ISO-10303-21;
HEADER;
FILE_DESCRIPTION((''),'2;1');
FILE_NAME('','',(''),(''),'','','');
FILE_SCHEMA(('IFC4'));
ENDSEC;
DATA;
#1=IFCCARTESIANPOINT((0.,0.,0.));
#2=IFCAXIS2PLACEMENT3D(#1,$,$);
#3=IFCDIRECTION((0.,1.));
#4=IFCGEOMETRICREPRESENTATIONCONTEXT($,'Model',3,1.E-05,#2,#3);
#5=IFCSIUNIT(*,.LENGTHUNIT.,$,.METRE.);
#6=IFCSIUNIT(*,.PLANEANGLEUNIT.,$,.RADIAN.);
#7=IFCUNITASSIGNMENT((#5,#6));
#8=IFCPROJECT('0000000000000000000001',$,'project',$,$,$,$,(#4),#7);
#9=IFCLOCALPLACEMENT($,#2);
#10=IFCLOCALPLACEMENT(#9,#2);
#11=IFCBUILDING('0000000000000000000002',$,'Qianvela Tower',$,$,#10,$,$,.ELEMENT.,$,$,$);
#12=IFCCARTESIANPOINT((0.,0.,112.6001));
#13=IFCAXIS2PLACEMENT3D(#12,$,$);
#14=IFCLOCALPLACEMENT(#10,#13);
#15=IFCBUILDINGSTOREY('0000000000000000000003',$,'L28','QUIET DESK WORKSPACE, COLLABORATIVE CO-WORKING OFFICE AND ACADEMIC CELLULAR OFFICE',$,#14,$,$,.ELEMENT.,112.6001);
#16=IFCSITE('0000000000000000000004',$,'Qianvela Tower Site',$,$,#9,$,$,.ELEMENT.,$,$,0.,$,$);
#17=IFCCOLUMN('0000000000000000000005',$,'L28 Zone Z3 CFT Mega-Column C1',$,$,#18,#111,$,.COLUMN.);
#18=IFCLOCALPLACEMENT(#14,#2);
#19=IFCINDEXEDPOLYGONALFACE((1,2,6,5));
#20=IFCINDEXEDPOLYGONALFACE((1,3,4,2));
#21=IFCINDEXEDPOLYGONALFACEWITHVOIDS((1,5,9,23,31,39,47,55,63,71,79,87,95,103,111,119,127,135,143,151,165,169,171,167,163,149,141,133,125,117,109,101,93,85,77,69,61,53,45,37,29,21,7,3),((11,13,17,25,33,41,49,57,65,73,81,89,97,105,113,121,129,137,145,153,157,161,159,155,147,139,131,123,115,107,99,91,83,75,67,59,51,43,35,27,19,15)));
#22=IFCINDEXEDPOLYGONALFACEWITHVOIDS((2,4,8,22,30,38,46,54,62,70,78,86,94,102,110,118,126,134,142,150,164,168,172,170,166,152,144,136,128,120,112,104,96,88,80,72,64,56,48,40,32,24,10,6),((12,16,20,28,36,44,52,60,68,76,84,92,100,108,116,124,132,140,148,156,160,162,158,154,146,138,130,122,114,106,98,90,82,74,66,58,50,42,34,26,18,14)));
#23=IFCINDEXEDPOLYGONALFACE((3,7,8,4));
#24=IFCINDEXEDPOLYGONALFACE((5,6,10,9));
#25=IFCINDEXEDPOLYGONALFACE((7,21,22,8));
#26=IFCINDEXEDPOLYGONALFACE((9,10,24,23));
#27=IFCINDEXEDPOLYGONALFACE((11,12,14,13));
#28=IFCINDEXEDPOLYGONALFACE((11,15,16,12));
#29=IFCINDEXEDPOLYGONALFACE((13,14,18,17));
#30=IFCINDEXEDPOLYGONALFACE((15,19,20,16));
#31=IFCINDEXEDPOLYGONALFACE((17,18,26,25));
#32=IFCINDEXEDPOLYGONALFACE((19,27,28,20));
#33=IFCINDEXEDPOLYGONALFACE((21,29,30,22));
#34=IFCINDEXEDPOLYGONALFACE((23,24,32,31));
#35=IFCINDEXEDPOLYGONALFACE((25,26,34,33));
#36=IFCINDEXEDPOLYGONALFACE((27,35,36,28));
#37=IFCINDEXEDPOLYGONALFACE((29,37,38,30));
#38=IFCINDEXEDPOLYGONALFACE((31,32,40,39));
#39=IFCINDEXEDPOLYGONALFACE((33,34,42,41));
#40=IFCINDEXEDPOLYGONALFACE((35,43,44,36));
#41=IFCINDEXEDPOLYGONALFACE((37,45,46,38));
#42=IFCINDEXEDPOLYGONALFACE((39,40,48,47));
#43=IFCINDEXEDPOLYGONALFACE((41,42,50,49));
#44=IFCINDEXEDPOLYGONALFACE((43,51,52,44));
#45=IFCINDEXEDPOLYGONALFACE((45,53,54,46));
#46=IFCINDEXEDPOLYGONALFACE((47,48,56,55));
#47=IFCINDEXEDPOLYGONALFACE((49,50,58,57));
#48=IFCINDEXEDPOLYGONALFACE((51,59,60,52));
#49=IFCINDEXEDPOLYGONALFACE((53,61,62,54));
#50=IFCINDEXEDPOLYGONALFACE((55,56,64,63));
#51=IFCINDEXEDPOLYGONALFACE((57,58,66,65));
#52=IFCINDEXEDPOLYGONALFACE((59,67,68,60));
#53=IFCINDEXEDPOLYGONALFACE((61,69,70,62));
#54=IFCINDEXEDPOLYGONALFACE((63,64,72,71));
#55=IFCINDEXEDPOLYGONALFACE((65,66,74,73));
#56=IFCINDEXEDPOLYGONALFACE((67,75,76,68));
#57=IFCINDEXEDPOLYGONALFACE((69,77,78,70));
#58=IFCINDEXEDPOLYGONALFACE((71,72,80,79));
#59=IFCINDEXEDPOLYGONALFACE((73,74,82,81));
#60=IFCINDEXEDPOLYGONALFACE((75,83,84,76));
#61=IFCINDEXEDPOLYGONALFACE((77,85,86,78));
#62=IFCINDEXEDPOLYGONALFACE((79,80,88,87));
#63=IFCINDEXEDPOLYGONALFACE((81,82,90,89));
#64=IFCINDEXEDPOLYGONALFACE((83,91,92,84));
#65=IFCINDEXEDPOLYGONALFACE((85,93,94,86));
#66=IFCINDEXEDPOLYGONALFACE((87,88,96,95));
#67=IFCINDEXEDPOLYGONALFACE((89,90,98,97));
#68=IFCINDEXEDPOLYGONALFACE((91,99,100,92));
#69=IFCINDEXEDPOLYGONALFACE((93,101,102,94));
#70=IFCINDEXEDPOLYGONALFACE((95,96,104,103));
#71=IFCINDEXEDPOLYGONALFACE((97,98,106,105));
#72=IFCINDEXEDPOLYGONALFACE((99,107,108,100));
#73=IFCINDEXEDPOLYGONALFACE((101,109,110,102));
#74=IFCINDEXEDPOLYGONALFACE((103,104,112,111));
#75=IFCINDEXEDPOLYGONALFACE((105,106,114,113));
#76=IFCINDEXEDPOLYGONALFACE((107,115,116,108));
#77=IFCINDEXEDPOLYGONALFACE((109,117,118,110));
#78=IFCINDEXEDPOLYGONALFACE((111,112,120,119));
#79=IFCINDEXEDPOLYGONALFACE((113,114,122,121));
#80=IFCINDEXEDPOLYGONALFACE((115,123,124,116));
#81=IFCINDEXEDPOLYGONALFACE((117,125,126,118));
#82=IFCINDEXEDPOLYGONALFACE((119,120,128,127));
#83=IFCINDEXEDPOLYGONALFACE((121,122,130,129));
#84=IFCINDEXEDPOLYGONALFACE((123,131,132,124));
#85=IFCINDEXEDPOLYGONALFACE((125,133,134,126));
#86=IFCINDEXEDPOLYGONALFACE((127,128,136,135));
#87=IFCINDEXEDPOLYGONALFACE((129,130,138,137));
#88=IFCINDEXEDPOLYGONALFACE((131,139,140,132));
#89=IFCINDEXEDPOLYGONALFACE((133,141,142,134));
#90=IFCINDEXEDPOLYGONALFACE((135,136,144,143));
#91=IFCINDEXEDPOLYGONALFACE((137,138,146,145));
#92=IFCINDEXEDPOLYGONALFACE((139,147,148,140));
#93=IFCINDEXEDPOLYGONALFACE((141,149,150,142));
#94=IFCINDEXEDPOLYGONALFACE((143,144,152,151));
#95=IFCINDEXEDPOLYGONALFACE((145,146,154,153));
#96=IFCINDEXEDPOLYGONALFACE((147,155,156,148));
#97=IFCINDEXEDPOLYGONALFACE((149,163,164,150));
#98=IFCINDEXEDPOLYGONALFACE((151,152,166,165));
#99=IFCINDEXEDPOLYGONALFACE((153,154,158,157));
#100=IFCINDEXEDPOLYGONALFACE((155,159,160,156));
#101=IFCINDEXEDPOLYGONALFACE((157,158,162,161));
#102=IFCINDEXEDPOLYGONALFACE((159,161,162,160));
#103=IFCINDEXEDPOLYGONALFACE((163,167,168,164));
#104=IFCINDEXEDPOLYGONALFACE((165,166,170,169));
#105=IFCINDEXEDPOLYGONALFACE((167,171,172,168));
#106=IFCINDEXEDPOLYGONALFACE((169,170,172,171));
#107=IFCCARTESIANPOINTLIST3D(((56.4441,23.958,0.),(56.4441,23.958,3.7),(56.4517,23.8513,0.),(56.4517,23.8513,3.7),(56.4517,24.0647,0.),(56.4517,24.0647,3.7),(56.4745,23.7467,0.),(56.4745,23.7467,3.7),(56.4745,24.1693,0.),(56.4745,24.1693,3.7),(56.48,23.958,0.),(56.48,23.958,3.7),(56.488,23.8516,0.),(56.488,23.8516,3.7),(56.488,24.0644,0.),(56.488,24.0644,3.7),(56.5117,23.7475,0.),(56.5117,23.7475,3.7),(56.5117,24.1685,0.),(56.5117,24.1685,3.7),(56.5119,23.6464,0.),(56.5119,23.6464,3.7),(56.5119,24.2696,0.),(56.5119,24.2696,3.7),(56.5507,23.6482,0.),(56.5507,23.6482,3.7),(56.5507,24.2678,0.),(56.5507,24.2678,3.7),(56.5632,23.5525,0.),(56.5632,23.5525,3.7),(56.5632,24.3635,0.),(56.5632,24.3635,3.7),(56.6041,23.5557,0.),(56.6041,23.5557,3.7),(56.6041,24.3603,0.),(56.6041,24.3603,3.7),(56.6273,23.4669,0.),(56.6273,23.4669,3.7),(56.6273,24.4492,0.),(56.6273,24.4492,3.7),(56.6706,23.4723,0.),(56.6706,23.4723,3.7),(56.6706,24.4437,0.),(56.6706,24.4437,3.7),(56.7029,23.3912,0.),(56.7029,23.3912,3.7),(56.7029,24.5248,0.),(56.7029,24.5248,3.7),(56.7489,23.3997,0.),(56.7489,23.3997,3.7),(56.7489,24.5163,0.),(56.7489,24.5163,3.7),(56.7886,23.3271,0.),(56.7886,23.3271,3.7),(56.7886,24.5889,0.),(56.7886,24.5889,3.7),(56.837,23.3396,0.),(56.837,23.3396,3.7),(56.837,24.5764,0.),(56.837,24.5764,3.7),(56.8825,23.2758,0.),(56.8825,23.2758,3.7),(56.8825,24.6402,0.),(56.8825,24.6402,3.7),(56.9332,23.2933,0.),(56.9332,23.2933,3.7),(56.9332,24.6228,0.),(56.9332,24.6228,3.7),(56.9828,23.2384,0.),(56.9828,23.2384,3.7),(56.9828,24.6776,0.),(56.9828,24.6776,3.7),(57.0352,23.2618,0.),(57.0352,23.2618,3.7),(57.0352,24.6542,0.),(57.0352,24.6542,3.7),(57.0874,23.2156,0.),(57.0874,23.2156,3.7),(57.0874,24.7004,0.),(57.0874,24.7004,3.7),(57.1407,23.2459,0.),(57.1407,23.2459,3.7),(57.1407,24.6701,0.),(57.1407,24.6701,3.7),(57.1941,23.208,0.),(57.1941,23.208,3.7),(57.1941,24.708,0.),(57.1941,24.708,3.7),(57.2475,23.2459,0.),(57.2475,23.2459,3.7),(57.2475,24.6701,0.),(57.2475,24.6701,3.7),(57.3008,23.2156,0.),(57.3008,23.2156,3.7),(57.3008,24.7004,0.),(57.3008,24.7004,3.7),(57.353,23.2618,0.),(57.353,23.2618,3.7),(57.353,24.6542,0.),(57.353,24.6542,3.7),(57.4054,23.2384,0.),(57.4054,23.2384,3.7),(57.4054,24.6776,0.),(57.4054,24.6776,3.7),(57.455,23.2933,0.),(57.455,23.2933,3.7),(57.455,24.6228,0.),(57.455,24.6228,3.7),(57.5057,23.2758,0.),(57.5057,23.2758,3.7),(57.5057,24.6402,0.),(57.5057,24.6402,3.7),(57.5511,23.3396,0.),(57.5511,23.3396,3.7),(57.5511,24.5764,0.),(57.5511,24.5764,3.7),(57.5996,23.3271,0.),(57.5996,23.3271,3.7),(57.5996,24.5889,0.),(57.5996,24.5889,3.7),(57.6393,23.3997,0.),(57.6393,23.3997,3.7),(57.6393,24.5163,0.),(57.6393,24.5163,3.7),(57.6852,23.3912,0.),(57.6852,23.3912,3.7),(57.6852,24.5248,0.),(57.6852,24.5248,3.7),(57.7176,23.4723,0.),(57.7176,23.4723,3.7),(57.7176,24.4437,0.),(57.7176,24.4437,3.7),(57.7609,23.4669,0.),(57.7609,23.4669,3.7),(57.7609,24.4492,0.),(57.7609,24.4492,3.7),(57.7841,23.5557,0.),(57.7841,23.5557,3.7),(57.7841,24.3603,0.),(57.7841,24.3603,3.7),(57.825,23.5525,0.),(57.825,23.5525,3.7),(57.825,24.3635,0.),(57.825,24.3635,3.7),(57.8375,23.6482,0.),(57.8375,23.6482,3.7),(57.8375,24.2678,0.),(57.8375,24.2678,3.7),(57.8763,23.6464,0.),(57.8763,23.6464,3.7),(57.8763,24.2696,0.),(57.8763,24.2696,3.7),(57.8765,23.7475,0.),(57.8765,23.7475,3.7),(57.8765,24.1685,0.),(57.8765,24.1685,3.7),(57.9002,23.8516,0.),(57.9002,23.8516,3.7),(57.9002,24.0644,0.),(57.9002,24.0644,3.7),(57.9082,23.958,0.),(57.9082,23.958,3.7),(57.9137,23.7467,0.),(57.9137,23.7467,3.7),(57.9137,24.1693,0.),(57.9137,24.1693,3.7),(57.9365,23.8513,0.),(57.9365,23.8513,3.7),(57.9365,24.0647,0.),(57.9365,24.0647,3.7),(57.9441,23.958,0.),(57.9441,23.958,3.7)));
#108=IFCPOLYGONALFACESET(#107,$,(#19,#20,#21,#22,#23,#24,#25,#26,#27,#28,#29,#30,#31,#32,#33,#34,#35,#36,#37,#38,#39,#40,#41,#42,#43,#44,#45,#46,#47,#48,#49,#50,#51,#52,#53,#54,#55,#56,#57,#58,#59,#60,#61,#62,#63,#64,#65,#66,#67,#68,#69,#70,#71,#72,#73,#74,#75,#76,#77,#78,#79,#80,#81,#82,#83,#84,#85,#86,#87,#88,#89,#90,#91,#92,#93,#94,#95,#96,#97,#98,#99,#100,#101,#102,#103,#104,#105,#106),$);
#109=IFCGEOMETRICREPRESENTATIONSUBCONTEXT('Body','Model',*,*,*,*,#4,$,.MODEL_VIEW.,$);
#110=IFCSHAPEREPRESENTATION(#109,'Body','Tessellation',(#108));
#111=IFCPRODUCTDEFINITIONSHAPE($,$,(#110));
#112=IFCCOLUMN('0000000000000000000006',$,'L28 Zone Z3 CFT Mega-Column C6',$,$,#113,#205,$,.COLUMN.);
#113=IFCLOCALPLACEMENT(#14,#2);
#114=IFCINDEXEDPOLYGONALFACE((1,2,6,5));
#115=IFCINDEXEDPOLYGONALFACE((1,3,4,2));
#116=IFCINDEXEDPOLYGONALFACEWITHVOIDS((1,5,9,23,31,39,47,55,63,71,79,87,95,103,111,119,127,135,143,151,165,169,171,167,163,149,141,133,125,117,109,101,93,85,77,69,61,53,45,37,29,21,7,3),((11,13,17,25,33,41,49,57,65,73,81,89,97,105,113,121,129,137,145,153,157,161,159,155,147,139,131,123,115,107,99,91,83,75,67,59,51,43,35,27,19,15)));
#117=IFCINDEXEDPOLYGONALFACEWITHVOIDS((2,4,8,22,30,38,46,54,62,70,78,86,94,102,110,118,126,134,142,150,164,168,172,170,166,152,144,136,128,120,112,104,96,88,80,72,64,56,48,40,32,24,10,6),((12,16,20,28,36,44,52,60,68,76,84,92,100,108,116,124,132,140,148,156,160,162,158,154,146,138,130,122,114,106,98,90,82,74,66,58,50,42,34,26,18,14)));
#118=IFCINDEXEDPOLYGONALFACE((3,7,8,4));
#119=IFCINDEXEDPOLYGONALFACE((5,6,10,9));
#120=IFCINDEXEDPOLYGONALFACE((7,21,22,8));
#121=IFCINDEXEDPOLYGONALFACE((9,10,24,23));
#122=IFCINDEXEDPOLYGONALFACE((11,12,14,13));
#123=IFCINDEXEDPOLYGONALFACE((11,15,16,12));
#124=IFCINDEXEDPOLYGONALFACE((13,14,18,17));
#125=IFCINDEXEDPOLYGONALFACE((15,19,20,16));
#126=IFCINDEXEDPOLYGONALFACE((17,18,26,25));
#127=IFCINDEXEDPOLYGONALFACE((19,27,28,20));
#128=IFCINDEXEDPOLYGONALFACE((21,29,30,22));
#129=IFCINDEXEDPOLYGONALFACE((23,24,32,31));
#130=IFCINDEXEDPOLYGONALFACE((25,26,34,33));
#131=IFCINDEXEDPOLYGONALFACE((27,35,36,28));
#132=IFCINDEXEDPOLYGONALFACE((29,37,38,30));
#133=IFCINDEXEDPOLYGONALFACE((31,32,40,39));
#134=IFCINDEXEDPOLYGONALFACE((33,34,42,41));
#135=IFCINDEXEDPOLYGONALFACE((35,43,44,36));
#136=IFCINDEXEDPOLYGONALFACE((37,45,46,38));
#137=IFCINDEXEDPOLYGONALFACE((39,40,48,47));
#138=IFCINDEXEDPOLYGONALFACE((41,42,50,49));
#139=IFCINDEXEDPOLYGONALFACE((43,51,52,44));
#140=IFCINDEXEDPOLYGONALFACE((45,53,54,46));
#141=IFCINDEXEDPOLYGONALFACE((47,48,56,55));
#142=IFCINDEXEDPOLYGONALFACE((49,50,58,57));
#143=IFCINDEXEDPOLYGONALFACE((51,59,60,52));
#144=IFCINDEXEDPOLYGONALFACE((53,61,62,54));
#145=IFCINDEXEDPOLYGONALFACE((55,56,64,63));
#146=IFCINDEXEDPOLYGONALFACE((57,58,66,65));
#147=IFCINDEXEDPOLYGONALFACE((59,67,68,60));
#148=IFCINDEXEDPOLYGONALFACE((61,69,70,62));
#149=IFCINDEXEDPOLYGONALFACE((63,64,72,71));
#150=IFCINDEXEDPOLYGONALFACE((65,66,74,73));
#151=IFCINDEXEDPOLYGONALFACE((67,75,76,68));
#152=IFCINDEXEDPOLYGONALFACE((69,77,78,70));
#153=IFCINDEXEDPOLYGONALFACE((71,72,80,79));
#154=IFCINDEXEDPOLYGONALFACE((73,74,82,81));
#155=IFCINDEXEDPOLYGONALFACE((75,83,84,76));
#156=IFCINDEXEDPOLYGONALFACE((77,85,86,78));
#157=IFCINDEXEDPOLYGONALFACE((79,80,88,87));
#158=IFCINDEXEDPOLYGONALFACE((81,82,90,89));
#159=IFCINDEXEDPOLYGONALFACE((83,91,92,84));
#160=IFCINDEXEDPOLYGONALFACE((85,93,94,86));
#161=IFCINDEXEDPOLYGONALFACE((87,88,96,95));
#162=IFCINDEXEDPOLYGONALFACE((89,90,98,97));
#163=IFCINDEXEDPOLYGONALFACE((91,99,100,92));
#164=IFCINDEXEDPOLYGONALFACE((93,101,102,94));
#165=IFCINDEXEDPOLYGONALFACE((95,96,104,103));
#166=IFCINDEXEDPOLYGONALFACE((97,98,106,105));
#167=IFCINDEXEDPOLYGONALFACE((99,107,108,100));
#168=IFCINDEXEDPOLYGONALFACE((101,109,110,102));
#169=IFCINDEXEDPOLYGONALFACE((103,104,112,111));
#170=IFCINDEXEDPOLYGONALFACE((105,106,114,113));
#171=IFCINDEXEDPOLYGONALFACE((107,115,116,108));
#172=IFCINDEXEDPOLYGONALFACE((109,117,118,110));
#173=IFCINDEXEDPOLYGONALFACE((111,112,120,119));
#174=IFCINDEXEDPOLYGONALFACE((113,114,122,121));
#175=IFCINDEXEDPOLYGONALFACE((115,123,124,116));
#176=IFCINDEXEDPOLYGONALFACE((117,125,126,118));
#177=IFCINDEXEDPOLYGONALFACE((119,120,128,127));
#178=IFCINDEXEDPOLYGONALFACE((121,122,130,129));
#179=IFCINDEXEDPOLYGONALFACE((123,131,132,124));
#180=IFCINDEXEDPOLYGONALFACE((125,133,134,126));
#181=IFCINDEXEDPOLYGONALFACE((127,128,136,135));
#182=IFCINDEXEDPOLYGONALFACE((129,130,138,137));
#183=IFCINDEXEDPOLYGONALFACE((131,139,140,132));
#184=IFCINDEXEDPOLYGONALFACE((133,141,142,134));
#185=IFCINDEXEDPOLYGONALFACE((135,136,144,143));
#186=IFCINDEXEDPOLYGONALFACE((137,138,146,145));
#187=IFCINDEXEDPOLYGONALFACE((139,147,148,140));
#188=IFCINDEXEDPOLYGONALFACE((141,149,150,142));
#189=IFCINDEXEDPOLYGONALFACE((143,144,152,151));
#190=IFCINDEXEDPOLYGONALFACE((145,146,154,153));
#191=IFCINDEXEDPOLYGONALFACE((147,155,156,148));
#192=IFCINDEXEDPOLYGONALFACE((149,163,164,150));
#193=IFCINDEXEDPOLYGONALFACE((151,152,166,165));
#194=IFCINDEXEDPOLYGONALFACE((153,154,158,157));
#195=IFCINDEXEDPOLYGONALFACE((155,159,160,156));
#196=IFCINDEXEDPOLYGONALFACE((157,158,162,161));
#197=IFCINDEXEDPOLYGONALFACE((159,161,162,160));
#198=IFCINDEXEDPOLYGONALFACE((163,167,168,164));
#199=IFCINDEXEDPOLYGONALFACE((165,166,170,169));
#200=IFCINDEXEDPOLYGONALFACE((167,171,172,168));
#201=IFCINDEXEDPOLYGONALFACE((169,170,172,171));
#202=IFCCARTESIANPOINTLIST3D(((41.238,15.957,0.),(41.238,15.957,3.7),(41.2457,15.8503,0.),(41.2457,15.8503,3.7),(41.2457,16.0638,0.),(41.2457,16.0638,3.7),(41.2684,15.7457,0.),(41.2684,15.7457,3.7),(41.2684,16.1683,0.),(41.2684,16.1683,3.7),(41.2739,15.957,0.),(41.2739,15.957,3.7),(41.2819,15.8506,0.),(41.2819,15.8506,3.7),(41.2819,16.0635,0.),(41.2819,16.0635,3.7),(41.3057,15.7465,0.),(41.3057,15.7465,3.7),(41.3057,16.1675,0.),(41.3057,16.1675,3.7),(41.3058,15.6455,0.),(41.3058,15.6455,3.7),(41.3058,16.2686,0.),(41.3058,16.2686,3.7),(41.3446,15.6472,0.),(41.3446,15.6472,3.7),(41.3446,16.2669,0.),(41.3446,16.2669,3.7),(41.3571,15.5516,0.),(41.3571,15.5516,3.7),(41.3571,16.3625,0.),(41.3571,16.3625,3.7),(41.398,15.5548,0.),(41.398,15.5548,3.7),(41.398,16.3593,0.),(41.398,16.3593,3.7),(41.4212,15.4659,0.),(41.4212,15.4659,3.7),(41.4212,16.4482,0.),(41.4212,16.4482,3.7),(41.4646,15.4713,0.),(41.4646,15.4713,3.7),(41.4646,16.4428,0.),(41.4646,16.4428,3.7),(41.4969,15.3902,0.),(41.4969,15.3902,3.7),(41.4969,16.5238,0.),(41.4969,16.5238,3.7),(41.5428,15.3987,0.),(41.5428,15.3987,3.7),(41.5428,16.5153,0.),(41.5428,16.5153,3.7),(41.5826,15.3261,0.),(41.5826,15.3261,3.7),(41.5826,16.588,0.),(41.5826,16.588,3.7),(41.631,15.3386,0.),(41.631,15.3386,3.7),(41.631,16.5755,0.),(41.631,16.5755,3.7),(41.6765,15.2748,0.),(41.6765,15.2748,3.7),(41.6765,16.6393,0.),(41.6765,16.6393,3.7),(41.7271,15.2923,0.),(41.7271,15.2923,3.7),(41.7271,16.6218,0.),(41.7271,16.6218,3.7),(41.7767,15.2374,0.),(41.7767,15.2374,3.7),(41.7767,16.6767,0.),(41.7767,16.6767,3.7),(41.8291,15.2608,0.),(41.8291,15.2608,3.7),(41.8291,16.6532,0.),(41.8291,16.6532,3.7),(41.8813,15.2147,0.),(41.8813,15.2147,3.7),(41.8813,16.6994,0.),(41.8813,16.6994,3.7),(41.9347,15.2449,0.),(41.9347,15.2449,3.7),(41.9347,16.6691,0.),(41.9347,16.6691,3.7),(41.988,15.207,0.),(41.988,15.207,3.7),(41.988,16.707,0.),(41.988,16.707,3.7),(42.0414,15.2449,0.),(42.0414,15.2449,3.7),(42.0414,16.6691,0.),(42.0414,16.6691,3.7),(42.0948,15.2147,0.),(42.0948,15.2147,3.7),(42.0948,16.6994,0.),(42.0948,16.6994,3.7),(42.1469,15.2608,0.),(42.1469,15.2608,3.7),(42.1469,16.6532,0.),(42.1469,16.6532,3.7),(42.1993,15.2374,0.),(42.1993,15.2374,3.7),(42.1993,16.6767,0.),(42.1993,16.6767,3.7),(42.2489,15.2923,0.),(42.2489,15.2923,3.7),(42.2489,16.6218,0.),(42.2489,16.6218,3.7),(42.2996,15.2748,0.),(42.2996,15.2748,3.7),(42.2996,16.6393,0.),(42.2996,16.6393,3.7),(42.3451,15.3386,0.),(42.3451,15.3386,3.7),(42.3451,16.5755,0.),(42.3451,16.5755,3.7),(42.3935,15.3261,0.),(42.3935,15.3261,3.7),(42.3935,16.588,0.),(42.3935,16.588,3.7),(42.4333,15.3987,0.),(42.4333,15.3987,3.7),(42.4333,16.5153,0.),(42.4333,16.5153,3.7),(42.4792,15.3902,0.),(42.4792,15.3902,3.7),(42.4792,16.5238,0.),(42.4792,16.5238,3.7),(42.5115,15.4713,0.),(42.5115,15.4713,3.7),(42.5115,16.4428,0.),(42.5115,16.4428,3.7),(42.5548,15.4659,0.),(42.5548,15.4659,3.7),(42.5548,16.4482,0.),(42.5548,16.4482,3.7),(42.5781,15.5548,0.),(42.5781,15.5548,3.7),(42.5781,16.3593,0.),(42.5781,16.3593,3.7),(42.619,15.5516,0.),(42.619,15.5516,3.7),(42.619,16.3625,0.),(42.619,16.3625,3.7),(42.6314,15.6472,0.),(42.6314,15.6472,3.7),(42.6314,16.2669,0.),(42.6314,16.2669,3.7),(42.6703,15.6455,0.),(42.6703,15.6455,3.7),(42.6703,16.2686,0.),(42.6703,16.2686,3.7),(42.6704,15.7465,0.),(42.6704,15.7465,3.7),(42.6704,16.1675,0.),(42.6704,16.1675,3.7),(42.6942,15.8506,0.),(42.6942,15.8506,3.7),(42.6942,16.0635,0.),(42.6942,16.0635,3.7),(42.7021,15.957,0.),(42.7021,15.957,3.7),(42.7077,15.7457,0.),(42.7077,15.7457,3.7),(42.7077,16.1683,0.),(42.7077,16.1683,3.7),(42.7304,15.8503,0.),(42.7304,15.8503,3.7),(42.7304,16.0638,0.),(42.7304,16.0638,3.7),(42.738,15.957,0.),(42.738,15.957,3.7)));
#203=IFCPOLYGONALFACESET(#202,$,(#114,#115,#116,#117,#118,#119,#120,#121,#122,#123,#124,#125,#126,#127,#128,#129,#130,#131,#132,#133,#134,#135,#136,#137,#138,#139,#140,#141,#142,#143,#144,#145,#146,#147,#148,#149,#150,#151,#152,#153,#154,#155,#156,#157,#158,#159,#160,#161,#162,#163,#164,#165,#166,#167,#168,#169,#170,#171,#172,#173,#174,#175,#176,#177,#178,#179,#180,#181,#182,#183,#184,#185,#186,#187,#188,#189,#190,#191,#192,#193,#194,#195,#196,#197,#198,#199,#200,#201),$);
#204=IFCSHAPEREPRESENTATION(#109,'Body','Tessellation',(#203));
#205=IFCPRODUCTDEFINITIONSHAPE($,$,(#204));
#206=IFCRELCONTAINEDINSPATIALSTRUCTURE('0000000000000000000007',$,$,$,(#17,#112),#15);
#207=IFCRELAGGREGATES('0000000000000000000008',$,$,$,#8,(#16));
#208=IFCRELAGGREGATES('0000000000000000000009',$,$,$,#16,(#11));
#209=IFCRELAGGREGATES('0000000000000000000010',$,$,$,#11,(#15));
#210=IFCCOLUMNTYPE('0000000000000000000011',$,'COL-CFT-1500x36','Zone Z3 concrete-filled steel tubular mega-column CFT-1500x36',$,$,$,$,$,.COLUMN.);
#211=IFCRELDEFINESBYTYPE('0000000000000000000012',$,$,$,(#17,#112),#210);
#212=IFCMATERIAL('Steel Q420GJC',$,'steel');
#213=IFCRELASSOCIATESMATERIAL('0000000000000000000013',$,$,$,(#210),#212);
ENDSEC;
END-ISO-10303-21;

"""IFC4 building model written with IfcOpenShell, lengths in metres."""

from ifc_helpers import new_model, si_unit, direction, frame, origin, origin_2d, place, context, subcontext, project, spatial, hollow_circle, extrude, material, material_profile, profile_set, type_object, element, save


model = new_model("IFC4")

# Units and contexts
model_context = context("Model", 3, precision=1e-05, world=origin(), true_north=direction((0.0, 1.0)))
body_context = subcontext(model_context, "Body", "Model", "MODEL_VIEW")
ifc_project = project(units=[si_unit("LENGTHUNIT", "METRE"), si_unit("PLANEANGLEUNIT", "RADIAN")], contexts=[model_context])

# Site, building, storey
site_placement = place(None, origin())
site = spatial("IfcSite", under=ifc_project, at=site_placement, Name="Qianvela Tower Site", CompositionType="ELEMENT", RefElevation=0.0)
building_placement = place(site_placement, origin())
building = spatial("IfcBuilding", under=site, at=building_placement, Name="Qianvela Tower", CompositionType="ELEMENT")
storey_placement = place(building_placement, frame((0.0, 0.0, 112.6001)))
storey = spatial("IfcBuildingStorey", under=building, at=storey_placement, Name="L28", Description="QUIET DESK WORKSPACE, COLLABORATIVE CO-WORKING OFFICE AND ACADEMIC CELLULAR OFFICE", CompositionType="ELEMENT", Elevation=112.6001)

# Columns
ifc_material_1 = material(Name="Steel Q420GJC", Category="steel")
ifc_material_profile_1 = material_profile(ifc_material_1, hollow_circle(Radius=0.75, WallThickness=0.0359, at=origin_2d()), Name="CFT-1500x36")
ifc_profile_set_1 = profile_set([ifc_material_profile_1], Name="Steel Q420GJC")
column_type = type_object("IfcColumnType", Name="COL-CFT-1500x36", Description="Zone Z3 concrete-filled steel tubular mega-column CFT-1500x36", PredefinedType="COLUMN", material=ifc_profile_set_1)
for number, where, z_axis, x_axis, name in (
    (1, (57.1941, 23.958, 0.0), (0.0, 0.0, 1.0), (1.0, 0.0, 0.0), "L28 Zone Z3 CFT Mega-Column C1"),
    (2, (41.988, 15.957, 0.0), (0.0, 0.0, 1.0), (1.0, 0.0, 0.0), "L28 Zone Z3 CFT Mega-Column C6"),
):
    element("IfcColumn", number, at=place(storey_placement, frame(where, z_axis=z_axis, x_axis=x_axis)), inside=storey, type_object=column_type, Name=name, PredefinedType="COLUMN", context=body_context, shape_type="SweptSolid", body=[
        extrude(hollow_circle(Radius=0.75, WallThickness=0.0359, at=origin_2d()), origin(), (0.0, 0.0, 1.0), 3.7),
    ])

save(model, "model.ifc")
